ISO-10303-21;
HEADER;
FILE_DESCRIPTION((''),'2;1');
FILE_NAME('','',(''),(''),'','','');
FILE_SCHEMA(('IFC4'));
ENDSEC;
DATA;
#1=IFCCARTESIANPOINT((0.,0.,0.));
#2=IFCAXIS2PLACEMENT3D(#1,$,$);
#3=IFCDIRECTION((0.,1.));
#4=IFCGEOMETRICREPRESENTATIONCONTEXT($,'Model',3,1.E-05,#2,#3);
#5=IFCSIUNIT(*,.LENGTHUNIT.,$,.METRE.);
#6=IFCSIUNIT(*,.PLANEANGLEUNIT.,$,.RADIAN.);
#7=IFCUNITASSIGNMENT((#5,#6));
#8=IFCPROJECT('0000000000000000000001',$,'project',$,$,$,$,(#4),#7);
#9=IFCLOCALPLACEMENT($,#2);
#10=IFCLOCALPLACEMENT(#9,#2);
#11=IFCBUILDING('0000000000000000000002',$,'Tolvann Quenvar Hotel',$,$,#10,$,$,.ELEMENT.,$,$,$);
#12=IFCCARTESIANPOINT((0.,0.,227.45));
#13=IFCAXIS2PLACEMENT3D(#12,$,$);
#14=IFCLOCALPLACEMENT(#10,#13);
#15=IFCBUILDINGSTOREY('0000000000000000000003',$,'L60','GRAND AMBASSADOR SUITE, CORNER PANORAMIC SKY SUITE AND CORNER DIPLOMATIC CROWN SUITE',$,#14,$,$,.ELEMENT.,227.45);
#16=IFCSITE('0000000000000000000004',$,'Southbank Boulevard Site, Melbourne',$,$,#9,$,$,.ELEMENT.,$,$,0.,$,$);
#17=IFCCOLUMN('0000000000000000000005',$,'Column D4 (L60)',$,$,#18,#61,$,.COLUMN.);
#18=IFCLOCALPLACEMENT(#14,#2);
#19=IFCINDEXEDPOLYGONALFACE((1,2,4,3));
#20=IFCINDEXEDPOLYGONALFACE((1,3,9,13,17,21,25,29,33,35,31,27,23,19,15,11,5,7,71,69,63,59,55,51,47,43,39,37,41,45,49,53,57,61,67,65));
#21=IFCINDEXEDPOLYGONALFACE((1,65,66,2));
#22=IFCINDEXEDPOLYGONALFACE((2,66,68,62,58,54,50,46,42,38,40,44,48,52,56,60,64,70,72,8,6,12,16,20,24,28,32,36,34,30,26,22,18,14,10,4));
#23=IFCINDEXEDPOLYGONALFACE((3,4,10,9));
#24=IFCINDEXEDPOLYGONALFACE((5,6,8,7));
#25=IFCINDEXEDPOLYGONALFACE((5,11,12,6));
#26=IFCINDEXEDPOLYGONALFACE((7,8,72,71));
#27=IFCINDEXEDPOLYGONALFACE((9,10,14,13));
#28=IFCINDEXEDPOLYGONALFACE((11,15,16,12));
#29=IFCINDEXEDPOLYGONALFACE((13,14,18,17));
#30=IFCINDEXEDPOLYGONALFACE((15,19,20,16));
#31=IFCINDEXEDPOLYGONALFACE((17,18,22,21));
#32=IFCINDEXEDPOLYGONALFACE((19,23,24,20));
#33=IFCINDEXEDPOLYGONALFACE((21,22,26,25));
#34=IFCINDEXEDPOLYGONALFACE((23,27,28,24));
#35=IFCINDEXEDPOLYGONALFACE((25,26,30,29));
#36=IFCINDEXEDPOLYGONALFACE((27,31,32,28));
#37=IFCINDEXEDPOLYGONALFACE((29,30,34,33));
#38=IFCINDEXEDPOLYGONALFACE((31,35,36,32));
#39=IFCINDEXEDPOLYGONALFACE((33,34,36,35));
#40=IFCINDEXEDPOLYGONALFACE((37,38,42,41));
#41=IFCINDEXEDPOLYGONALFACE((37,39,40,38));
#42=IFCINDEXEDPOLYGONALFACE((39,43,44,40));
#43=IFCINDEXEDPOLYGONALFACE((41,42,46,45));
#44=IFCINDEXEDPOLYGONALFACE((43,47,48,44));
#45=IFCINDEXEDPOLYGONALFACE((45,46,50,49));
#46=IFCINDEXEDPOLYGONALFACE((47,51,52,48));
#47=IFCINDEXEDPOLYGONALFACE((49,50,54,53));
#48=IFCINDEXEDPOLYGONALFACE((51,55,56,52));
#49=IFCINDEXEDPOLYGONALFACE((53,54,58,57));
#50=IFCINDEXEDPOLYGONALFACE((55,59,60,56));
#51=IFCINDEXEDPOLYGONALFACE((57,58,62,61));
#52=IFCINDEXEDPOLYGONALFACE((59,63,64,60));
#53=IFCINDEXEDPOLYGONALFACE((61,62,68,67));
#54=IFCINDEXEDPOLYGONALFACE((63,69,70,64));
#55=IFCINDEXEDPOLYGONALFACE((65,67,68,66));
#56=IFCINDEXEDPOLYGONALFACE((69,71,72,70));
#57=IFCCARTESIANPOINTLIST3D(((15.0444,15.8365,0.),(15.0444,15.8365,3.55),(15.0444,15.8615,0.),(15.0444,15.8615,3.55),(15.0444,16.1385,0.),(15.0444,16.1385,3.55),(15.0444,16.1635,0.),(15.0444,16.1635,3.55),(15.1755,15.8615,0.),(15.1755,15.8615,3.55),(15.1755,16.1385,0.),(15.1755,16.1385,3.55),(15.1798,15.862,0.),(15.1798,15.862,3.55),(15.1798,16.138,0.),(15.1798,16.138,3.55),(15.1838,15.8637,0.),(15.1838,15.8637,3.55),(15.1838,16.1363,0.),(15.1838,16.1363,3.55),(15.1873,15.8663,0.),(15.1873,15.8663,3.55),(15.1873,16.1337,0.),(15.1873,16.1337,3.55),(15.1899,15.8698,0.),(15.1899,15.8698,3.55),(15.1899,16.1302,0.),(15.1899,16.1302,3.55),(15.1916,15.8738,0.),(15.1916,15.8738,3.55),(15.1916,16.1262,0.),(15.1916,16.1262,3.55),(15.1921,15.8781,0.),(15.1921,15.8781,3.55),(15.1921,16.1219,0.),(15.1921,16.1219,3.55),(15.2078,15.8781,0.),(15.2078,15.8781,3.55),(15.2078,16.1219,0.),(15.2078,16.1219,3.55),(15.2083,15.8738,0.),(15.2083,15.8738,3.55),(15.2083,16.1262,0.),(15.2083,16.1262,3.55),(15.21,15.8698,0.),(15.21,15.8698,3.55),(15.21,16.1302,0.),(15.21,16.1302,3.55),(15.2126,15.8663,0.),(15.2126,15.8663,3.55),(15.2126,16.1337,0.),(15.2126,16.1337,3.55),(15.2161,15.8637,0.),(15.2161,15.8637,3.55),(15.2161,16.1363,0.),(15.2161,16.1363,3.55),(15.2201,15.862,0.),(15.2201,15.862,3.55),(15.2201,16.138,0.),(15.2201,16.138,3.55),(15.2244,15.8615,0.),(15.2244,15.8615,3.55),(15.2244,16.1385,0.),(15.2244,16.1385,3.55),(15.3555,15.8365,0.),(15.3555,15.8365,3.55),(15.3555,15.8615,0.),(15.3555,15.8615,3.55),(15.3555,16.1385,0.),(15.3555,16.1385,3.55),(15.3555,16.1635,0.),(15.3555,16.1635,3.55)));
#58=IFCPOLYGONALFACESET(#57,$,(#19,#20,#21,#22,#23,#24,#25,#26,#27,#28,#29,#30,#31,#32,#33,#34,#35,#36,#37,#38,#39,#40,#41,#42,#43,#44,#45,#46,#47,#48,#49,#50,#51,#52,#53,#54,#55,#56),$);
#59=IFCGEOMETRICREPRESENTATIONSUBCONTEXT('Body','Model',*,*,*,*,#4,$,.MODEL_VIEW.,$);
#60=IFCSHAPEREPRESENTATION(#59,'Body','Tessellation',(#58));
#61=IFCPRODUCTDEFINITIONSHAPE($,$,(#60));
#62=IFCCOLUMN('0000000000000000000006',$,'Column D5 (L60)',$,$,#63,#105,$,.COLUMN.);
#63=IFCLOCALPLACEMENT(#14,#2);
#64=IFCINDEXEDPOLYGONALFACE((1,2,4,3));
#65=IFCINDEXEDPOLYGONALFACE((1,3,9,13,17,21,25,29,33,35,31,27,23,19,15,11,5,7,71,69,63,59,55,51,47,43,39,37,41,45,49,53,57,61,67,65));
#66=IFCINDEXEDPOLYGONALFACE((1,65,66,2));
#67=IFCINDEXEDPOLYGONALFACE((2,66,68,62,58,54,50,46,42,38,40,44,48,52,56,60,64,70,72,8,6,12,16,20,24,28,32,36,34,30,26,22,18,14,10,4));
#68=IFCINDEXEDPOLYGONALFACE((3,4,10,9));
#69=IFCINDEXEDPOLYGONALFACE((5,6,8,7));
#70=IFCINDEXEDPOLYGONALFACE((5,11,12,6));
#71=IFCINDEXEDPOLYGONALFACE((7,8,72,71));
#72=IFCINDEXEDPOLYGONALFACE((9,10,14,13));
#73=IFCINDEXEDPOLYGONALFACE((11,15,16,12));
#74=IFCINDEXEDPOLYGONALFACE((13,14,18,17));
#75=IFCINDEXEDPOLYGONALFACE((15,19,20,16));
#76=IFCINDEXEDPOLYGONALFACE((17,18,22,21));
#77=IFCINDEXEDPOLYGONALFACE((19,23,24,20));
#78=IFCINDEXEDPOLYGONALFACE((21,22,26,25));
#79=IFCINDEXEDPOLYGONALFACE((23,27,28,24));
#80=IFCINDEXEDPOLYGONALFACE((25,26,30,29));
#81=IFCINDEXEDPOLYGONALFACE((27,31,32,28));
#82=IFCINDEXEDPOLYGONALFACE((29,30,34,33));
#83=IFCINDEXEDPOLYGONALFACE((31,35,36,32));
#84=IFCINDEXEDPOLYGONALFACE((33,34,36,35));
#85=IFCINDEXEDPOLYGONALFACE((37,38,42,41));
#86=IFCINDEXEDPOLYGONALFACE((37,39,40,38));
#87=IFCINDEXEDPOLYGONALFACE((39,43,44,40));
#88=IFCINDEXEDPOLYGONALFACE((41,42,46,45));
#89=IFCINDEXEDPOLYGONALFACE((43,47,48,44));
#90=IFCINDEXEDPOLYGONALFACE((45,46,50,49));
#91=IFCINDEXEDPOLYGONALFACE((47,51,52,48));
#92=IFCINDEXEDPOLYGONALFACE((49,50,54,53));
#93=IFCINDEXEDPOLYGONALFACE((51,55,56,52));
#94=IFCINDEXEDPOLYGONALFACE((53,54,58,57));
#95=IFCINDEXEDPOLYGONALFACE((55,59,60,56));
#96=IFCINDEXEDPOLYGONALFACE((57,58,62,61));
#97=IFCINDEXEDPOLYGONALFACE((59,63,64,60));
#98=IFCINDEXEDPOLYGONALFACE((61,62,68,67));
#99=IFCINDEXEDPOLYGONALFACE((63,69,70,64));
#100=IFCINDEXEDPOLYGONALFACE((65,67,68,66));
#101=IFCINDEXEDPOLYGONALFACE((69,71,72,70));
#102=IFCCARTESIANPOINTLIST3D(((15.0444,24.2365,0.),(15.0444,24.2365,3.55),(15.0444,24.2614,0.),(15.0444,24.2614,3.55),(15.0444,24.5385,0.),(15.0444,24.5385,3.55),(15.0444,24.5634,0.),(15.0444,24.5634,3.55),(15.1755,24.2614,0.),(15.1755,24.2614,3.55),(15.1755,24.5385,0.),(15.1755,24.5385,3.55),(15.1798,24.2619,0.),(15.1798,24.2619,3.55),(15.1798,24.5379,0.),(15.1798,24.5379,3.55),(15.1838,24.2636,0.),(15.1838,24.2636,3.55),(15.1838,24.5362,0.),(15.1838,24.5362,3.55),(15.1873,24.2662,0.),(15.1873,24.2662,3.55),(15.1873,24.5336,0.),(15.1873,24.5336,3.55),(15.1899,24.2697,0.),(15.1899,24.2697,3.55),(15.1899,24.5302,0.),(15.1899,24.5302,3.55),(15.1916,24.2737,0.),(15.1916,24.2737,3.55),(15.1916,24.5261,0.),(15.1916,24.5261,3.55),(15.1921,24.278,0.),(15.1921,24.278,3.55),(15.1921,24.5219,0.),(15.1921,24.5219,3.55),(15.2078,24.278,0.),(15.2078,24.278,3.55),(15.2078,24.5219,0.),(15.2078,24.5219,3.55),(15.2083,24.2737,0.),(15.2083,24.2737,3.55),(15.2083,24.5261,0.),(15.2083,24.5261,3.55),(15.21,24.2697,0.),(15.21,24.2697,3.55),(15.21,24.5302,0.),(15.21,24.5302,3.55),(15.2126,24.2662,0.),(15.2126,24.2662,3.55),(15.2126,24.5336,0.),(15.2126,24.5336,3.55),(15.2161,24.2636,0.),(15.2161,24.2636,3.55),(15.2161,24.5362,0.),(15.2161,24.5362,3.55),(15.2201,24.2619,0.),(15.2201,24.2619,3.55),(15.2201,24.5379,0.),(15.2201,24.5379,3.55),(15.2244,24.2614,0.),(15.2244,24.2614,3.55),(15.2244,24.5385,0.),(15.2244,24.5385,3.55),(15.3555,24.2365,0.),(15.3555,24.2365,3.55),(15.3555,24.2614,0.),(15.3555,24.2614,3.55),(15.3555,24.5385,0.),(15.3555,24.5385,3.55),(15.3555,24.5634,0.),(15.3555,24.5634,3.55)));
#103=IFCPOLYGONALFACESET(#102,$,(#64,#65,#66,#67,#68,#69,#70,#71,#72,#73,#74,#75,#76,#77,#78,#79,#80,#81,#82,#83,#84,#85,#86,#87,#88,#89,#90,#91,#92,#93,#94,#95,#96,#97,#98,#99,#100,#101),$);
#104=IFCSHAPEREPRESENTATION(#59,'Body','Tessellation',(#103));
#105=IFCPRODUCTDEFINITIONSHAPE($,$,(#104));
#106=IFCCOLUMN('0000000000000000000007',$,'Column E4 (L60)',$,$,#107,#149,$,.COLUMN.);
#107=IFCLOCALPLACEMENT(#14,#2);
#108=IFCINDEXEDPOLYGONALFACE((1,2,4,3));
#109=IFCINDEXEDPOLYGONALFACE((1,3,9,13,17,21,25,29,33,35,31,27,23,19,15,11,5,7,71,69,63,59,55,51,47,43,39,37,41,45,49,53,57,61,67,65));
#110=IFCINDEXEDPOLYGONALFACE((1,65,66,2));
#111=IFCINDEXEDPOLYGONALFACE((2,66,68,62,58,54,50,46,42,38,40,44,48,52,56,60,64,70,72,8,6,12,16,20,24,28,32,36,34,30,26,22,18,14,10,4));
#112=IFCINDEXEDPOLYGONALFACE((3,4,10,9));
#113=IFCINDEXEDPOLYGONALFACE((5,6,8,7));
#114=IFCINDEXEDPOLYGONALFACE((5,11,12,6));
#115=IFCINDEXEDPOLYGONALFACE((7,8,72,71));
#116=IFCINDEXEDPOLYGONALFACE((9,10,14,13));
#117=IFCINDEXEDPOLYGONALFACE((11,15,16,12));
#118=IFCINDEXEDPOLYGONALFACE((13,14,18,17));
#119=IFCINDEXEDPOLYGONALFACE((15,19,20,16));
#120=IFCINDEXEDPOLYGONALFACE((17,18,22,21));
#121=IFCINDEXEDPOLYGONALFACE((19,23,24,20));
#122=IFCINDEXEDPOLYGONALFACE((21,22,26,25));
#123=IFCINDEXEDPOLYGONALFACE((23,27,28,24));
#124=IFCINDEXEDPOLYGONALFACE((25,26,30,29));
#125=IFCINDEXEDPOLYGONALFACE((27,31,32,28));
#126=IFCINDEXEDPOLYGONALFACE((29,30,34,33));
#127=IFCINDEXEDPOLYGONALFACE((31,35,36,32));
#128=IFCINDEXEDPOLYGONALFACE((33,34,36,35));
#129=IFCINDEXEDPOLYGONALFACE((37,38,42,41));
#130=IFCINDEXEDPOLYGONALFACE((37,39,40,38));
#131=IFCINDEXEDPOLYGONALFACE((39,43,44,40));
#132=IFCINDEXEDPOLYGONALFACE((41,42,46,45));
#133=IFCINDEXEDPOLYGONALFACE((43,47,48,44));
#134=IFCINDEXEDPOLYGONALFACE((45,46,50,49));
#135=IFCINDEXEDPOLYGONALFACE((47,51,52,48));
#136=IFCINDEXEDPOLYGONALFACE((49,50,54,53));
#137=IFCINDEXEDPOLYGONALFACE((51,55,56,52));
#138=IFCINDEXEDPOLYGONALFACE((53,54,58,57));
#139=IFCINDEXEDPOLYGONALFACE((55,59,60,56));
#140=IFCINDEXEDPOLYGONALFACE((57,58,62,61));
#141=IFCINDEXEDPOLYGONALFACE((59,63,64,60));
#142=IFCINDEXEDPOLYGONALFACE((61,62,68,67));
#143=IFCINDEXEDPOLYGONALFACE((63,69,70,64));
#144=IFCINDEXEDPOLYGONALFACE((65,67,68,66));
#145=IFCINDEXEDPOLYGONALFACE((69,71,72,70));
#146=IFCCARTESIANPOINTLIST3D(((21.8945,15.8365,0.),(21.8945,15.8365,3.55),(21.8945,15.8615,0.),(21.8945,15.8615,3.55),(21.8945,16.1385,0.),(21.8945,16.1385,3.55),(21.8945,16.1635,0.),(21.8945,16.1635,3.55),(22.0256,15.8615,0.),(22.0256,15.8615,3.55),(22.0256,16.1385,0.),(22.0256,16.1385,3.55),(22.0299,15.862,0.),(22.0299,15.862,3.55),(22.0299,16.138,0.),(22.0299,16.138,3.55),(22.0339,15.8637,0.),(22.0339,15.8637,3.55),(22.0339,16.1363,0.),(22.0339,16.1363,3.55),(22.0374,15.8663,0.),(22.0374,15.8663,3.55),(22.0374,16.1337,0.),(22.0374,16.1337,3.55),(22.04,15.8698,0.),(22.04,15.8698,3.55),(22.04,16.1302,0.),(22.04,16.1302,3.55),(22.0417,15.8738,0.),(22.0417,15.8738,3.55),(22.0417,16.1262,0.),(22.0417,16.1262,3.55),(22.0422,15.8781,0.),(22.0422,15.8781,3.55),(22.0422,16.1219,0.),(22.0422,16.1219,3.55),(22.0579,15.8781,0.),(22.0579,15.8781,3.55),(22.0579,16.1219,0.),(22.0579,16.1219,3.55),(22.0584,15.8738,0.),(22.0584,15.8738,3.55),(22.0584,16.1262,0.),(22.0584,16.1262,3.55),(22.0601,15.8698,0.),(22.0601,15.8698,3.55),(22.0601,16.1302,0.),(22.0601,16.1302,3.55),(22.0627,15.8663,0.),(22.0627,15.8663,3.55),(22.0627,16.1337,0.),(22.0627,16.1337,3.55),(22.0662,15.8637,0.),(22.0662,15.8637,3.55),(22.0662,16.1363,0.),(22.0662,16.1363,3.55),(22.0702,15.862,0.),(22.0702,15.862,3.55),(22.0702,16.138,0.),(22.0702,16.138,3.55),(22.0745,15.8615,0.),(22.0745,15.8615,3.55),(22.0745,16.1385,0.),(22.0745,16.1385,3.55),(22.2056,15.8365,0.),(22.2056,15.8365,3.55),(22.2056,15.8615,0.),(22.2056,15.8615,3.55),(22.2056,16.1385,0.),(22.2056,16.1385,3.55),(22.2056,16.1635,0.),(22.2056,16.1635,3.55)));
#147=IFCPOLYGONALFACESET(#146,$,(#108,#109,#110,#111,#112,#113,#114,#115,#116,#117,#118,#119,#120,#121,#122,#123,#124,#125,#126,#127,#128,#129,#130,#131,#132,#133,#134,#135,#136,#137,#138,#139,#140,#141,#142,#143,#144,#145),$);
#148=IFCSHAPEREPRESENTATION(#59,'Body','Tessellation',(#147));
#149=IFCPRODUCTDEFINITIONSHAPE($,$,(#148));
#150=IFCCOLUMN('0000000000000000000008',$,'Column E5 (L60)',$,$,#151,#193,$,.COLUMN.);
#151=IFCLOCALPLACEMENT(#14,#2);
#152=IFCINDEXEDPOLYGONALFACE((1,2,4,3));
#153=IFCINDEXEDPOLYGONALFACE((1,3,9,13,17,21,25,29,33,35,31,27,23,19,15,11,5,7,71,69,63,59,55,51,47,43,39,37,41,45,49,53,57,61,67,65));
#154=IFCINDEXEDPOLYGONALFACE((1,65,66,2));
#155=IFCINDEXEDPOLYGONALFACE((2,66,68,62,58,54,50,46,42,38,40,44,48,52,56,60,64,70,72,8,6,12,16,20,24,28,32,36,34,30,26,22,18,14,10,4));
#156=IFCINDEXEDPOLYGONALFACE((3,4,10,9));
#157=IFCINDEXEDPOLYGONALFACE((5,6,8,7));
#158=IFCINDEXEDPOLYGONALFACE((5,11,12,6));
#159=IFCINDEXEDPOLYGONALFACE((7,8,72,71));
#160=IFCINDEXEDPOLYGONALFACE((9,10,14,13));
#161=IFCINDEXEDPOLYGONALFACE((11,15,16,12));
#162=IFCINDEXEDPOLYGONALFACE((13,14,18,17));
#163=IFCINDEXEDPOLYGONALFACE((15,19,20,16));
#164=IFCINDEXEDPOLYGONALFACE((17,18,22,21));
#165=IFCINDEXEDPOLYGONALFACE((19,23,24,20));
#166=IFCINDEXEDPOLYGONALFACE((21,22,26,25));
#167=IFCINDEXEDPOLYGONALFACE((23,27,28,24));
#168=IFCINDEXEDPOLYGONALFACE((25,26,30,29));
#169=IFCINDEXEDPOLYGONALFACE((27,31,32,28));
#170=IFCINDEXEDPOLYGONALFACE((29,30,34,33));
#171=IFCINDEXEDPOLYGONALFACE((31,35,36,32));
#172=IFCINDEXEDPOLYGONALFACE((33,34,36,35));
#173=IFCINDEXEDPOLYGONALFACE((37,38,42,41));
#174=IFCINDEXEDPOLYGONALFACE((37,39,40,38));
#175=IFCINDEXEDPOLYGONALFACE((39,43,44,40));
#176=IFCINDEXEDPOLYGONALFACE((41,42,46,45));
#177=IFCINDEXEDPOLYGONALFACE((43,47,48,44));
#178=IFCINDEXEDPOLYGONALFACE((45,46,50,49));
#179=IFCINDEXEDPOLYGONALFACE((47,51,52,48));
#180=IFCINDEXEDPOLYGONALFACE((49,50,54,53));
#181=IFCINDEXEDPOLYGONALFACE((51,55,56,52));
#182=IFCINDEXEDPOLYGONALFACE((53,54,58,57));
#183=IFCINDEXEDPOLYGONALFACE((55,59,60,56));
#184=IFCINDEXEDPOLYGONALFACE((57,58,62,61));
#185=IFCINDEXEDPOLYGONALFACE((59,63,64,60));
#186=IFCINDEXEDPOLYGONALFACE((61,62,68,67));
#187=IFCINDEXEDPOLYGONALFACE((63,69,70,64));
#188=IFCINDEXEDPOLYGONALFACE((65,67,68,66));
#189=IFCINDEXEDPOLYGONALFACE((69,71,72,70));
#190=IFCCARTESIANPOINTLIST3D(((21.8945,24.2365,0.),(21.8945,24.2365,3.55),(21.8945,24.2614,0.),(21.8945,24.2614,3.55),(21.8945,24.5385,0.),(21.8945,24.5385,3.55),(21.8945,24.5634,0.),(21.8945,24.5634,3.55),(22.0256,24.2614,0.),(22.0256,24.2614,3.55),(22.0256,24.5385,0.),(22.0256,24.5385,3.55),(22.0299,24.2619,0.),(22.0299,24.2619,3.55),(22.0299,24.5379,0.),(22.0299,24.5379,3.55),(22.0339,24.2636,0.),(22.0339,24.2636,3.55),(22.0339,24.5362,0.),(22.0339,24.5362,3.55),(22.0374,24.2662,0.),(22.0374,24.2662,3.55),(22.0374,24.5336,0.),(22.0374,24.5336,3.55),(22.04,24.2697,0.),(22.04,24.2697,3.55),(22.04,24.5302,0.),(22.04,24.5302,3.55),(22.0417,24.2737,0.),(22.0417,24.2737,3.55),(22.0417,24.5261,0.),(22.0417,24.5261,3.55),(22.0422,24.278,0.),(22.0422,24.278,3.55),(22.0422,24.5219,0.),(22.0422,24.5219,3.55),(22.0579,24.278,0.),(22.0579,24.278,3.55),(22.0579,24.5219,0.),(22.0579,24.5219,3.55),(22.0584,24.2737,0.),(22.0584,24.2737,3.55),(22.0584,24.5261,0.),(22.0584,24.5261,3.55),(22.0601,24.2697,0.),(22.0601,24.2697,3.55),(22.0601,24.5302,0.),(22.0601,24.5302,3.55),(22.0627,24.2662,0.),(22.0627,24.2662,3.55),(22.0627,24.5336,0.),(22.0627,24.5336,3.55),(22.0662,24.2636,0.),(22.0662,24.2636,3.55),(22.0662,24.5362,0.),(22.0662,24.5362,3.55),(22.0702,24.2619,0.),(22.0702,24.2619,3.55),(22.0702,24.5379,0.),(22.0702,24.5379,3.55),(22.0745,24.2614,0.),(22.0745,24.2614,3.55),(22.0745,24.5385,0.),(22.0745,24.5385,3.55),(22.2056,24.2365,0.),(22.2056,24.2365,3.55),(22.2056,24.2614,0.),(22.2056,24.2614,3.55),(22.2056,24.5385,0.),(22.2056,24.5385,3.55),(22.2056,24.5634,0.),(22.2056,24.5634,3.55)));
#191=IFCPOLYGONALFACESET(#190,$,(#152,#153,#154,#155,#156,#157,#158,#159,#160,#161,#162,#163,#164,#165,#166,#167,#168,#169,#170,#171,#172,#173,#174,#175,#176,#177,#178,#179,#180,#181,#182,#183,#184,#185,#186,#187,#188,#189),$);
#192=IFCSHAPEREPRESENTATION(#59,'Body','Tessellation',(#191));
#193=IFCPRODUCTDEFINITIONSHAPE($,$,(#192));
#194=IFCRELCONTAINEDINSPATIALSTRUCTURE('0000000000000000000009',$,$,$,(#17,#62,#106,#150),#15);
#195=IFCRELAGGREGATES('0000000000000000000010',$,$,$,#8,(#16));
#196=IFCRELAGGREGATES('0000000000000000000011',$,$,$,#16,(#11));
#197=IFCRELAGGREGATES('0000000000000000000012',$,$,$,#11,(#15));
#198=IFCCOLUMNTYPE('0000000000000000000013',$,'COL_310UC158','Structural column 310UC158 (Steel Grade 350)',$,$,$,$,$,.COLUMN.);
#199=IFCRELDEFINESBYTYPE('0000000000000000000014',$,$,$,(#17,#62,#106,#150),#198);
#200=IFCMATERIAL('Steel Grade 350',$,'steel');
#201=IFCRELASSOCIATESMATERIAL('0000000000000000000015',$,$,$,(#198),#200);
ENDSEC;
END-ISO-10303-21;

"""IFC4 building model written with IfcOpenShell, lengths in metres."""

from ifc_helpers import new_model, si_unit, direction, frame, origin, origin_2d, place, context, subcontext, project, spatial, i_section, extrude, source, transform, mapped, material, material_profile, profile_set, type_object, type_shapes, element, save


model = new_model("IFC4")

# Units and contexts
model_context = context("Model", 3, precision=1e-05, world=origin(), true_north=direction((0.0, 1.0)))
body_context = subcontext(model_context, "Body", "Model", "MODEL_VIEW")
ifc_project = project(units=[si_unit("LENGTHUNIT", "METRE"), si_unit("PLANEANGLEUNIT", "RADIAN")], contexts=[model_context])

# Site, building, storey
site_placement = place(None, origin())
site = spatial("IfcSite", under=ifc_project, at=site_placement, Name="Southbank Boulevard Site, Melbourne", CompositionType="ELEMENT", RefElevation=0.0)
building_placement = place(site_placement, origin())
building = spatial("IfcBuilding", under=site, at=building_placement, Name="Tolvann Quenvar Hotel", CompositionType="ELEMENT")
storey_placement = place(building_placement, frame((0.0, 0.0, 227.45)))
storey = spatial("IfcBuildingStorey", under=building, at=storey_placement, Name="L60", Description="GRAND AMBASSADOR SUITE, CORNER PANORAMIC SKY SUITE AND CORNER DIPLOMATIC CROWN SUITE", CompositionType="ELEMENT", Elevation=227.45)

# Columns
ifc_material_1 = material(Name="Steel Grade 350", Category="steel")
ifc_material_profile_1 = material_profile(ifc_material_1, i_section(OverallWidth=0.311, OverallDepth=0.3269, WebThickness=0.0156, FlangeThickness=0.0249, FilletRadius=0.0166, at=origin_2d()), Name="310UC158")
ifc_profile_set_1 = profile_set([ifc_material_profile_1], Name="Steel Grade 350")
column_type = type_object("IfcColumnType", Name="COL_310UC158", Description="Structural column 310UC158 (Steel Grade 350)", PredefinedType="COLUMN", material=ifc_profile_set_1)
shared_shape_1 = source(origin(), body_context, "Body", "SweptSolid", [
    extrude(i_section(OverallWidth=0.311, OverallDepth=0.3269, WebThickness=0.0156, FlangeThickness=0.0249, FilletRadius=0.0166, at=origin_2d()), origin(), (0.0, 0.0, 1.0), 3.55),
])
type_shapes(column_type, [shared_shape_1])
for number, where, z_axis, x_axis, name in (
    (1, (15.2, 16.0, 0.0), (0.0, 0.0, 1.0), (1.0, 0.0, 0.0), "Column D4 (L60)"),
    (2, (15.2, 24.3999, 0.0), (0.0, 0.0, 1.0), (1.0, 0.0, 0.0), "Column D5 (L60)"),
    (3, (22.05, 16.0, 0.0), (0.0, 0.0, 1.0), (1.0, 0.0, 0.0), "Column E4 (L60)"),
    (4, (22.05, 24.3999, 0.0), (0.0, 0.0, 1.0), (1.0, 0.0, 0.0), "Column E5 (L60)"),
):
    element("IfcColumn", number, at=place(storey_placement, frame(where, z_axis=z_axis, x_axis=x_axis)), inside=storey, type_object=column_type, Name=name, PredefinedType="COLUMN", context=body_context, shape_type="MappedRepresentation", body=[
        mapped(shared_shape_1, transform((0.0, 0.0, 0.0), x_axis=(1.0, 0.0, 0.0), y_axis=(0.0, 1.0, 0.0), z_axis=(0.0, 0.0, 1.0), scale=1.0)),
    ])

save(model, "model.ifc")
